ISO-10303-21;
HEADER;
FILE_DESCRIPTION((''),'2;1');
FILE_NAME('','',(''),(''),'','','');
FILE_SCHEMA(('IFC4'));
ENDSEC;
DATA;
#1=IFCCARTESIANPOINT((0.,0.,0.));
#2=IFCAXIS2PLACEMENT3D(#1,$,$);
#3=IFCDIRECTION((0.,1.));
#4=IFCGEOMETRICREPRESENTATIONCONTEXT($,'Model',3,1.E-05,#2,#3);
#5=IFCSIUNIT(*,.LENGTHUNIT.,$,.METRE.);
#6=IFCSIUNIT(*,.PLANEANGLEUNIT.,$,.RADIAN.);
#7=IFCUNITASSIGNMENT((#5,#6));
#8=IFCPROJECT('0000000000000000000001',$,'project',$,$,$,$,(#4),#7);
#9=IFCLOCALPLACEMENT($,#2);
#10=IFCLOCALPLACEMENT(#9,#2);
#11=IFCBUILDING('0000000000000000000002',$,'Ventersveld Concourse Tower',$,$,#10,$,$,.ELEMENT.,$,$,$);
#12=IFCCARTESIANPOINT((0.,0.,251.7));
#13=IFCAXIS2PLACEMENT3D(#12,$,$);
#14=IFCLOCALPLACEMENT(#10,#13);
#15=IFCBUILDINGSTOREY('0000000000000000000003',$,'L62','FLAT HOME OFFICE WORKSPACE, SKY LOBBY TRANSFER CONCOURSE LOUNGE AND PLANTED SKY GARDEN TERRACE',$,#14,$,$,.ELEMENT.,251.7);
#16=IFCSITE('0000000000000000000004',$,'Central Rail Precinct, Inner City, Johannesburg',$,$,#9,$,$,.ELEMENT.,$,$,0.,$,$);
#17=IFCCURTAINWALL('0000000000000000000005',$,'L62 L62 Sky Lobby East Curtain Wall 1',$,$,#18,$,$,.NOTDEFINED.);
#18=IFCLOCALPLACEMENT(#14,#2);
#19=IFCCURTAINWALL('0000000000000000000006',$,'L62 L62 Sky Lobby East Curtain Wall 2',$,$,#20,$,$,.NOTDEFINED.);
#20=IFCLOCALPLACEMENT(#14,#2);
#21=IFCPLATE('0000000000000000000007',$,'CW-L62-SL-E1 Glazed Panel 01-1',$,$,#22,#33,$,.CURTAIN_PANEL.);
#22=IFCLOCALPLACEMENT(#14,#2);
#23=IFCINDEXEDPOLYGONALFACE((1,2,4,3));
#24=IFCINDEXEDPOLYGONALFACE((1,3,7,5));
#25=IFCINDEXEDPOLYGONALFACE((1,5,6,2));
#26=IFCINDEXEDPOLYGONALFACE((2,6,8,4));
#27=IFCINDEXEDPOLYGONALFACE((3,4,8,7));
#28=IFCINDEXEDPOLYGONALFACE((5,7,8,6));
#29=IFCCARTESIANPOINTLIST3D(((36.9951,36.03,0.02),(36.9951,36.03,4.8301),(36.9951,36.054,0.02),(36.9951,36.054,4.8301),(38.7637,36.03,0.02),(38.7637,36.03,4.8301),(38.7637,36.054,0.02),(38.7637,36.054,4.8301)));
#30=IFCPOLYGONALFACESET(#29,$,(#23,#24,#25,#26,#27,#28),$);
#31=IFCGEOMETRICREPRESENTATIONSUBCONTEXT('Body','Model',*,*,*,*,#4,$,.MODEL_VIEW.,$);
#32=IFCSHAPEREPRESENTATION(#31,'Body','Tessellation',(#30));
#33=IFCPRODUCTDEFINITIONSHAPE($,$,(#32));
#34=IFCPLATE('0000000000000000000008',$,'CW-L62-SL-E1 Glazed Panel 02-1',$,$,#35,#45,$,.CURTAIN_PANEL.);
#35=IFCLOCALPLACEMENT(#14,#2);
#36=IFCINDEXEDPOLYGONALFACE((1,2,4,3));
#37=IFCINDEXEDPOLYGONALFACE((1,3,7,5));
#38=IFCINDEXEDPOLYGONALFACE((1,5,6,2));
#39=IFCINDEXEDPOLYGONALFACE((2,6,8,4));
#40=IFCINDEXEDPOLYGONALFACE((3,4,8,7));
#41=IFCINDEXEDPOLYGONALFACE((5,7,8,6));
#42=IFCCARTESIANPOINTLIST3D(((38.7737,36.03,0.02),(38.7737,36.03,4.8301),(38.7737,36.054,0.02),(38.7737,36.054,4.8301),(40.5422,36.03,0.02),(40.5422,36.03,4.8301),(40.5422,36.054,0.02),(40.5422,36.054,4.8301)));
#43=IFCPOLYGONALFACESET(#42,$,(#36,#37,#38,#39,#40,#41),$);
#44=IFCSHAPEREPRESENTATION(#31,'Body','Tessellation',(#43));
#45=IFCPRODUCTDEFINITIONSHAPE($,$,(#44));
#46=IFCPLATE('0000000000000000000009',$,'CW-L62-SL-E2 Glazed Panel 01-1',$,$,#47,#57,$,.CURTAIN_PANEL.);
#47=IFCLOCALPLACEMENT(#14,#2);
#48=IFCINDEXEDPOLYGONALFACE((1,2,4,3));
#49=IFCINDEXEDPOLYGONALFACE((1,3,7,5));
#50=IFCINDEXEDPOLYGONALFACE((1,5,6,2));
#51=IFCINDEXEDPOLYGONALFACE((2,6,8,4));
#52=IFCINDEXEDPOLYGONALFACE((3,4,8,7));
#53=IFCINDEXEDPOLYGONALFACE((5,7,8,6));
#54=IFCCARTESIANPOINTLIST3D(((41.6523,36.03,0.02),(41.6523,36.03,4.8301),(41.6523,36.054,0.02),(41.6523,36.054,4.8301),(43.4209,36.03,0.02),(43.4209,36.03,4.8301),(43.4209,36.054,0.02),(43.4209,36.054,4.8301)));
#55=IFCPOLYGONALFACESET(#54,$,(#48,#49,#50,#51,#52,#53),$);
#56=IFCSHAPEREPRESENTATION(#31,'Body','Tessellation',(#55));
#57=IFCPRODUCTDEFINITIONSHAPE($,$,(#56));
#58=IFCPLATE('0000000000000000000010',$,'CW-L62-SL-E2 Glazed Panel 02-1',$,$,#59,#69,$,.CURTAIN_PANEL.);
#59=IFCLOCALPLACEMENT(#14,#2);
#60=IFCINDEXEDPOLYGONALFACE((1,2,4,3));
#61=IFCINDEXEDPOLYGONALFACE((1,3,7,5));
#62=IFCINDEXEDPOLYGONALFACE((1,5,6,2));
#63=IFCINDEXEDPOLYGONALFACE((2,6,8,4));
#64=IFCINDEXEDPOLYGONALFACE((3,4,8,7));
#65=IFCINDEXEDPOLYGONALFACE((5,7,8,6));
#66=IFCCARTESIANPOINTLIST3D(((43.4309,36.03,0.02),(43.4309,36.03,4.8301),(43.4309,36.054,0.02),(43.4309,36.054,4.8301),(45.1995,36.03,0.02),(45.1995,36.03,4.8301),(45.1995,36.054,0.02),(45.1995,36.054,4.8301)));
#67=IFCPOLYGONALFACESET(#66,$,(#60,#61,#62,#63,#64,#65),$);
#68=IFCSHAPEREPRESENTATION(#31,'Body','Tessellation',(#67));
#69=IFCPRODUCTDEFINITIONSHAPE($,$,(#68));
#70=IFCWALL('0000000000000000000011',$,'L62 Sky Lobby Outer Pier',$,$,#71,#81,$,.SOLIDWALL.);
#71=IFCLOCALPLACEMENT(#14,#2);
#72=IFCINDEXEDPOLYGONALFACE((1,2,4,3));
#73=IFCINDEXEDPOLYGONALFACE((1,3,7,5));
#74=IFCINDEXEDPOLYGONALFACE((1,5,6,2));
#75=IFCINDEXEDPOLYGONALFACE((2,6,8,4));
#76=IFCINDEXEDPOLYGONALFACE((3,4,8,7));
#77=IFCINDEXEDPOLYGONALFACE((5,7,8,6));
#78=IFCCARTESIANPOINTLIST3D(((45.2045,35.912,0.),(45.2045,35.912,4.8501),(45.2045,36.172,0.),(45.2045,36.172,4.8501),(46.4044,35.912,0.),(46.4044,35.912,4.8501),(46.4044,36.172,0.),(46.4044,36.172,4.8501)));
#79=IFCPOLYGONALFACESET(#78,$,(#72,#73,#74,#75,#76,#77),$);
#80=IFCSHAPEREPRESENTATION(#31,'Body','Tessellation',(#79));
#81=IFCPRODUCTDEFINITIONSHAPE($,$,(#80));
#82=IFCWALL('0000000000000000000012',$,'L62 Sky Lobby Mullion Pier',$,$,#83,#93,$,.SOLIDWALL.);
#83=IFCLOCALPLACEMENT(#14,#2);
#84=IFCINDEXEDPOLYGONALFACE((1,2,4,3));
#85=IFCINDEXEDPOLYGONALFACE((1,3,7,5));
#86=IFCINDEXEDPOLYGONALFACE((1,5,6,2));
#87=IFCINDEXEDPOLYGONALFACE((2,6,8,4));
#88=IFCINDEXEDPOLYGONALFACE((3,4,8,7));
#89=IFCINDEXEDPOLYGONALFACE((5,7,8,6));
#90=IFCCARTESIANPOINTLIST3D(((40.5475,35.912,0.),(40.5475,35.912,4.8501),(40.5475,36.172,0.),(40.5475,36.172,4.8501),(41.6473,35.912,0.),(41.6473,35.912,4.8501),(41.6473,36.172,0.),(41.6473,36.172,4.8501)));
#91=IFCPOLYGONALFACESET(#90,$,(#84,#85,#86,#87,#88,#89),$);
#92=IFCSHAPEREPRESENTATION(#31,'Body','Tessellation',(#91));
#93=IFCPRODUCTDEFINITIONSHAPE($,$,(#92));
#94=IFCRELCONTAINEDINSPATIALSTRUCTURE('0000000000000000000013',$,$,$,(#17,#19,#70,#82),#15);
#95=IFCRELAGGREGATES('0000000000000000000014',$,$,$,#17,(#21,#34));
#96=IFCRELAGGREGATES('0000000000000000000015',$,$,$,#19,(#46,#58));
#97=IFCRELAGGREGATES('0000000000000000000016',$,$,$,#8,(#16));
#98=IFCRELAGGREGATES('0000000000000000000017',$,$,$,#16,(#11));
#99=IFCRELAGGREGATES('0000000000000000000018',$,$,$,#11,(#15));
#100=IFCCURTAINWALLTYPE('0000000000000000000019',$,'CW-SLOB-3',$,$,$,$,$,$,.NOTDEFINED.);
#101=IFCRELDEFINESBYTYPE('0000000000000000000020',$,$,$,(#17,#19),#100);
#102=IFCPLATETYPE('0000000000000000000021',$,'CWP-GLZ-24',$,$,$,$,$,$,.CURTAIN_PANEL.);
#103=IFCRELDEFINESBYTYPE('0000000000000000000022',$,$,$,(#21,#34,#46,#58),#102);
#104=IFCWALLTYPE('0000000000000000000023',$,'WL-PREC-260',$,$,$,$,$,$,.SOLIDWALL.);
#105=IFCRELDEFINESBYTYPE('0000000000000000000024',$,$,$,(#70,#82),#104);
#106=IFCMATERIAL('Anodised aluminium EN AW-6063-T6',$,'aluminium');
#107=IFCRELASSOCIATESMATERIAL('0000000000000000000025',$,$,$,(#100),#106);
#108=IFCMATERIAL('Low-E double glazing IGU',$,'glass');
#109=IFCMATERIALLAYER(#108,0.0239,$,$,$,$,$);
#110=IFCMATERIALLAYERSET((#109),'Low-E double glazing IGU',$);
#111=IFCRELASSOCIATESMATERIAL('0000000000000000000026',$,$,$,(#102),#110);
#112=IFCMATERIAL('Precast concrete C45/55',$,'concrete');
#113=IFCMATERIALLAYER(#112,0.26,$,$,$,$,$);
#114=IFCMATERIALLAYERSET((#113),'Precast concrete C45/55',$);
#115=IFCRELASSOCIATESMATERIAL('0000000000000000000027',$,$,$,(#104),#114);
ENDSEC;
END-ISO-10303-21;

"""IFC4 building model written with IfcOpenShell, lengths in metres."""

from ifc_helpers import new_model, si_unit, direction, frame, frame_2d, origin, origin_2d, place, context, subcontext, project, spatial, rectangle, extrude, material, layer, layer_set, type_object, element, aggregate, save


model = new_model("IFC4")

# Units and contexts
model_context = context("Model", 3, precision=1e-05, world=origin(), true_north=direction((0.0, 1.0)))
body_context = subcontext(model_context, "Body", "Model", "MODEL_VIEW")
ifc_project = project(units=[si_unit("LENGTHUNIT", "METRE"), si_unit("PLANEANGLEUNIT", "RADIAN")], contexts=[model_context])

# Site, building, storey
site_placement = place(None, origin())
site = spatial("IfcSite", under=ifc_project, at=site_placement, Name="Central Rail Precinct, Inner City, Johannesburg", CompositionType="ELEMENT", RefElevation=0.0)
building_placement = place(site_placement, origin())
building = spatial("IfcBuilding", under=site, at=building_placement, Name="Ventersveld Concourse Tower", CompositionType="ELEMENT")
storey_placement = place(building_placement, frame((0.0, 0.0, 251.7)))
storey = spatial("IfcBuildingStorey", under=building, at=storey_placement, Name="L62", Description="FLAT HOME OFFICE WORKSPACE, SKY LOBBY TRANSFER CONCOURSE LOUNGE AND PLANTED SKY GARDEN TERRACE", CompositionType="ELEMENT", Elevation=251.7)

# Curtain walls
ifc_material_1 = material(Name="Anodised aluminium EN AW-6063-T6", Category="aluminium")
curtain_wall_type = type_object("IfcCurtainWallType", Name="CW-SLOB-3", PredefinedType="NOTDEFINED", material=ifc_material_1)
curtain_wall_1_placement = place(storey_placement, origin())
curtain_wall_1 = element("IfcCurtainWall", 1, at=curtain_wall_1_placement, inside=storey, type_object=curtain_wall_type, Name="L62 L62 Sky Lobby East Curtain Wall 1", PredefinedType="NOTDEFINED")
curtain_wall_2_placement = place(storey_placement, origin())
curtain_wall_2 = element("IfcCurtainWall", 2, at=curtain_wall_2_placement, inside=storey, type_object=curtain_wall_type, Name="L62 L62 Sky Lobby East Curtain Wall 2", PredefinedType="NOTDEFINED")

# Plates
ifc_material_2 = material(Name="Low-E double glazing IGU", Category="glass")
ifc_layer_1 = layer(ifc_material_2, 0.0239)
ifc_layer_set_1 = layer_set([ifc_layer_1], Name="Low-E double glazing IGU")
plate_type = type_object("IfcPlateType", Name="CWP-GLZ-24", PredefinedType="CURTAIN_PANEL", material=ifc_layer_set_1)
plate_1_placement = place(storey_placement, frame((37.8794, 36.042, 0.02), z_axis=(0.0, 0.0, 1.0), x_axis=(1.0, 0.0, 0.0)))
plate_1 = element("IfcPlate", 3, at=plate_1_placement, type_object=plate_type, Name="CW-L62-SL-E1 Glazed Panel 01-1", PredefinedType="CURTAIN_PANEL", context=body_context, shape_type="SweptSolid", body=[
    extrude(rectangle(XDim=1.7686, YDim=0.0239, at=origin_2d()), origin(), (0.0, 0.0, 1.0), 4.8101),
])
plate_2_placement = place(storey_placement, frame((39.658, 36.042, 0.02), z_axis=(0.0, 0.0, 1.0), x_axis=(1.0, 0.0, 0.0)))
plate_2 = element("IfcPlate", 4, at=plate_2_placement, type_object=plate_type, Name="CW-L62-SL-E1 Glazed Panel 02-1", PredefinedType="CURTAIN_PANEL", context=body_context, shape_type="SweptSolid", body=[
    extrude(rectangle(XDim=1.7686, YDim=0.0239, at=origin_2d()), origin(), (0.0, 0.0, 1.0), 4.8101),
])
aggregate(curtain_wall_1, [plate_1, plate_2])
plate_3_placement = place(storey_placement, frame((42.5366, 36.042, 0.02), z_axis=(0.0, 0.0, 1.0), x_axis=(1.0, 0.0, 0.0)))
plate_3 = element("IfcPlate", 5, at=plate_3_placement, type_object=plate_type, Name="CW-L62-SL-E2 Glazed Panel 01-1", PredefinedType="CURTAIN_PANEL", context=body_context, shape_type="SweptSolid", body=[
    extrude(rectangle(XDim=1.7686, YDim=0.0239, at=origin_2d()), origin(), (0.0, 0.0, 1.0), 4.8101),
])
plate_4_placement = place(storey_placement, frame((44.3152, 36.042, 0.02), z_axis=(0.0, 0.0, 1.0), x_axis=(1.0, 0.0, 0.0)))
plate_4 = element("IfcPlate", 6, at=plate_4_placement, type_object=plate_type, Name="CW-L62-SL-E2 Glazed Panel 02-1", PredefinedType="CURTAIN_PANEL", context=body_context, shape_type="SweptSolid", body=[
    extrude(rectangle(XDim=1.7686, YDim=0.0239, at=origin_2d()), origin(), (0.0, 0.0, 1.0), 4.8101),
])
aggregate(curtain_wall_2, [plate_3, plate_4])

# Walls
ifc_material_3 = material(Name="Precast concrete C45/55", Category="concrete")
ifc_layer_2 = layer(ifc_material_3, 0.26)
ifc_layer_set_2 = layer_set([ifc_layer_2], Name="Precast concrete C45/55")
wall_type = type_object("IfcWallType", Name="WL-PREC-260", PredefinedType="SOLIDWALL", material=ifc_layer_set_2)
wall_1_placement = place(storey_placement, frame((46.4045, 36.042, 0.0), z_axis=(0.0, 0.0, 1.0), x_axis=(-1.0, 0.0, 0.0)))
element("IfcWall", 7, at=wall_1_placement, inside=storey, type_object=wall_type, Name="L62 Sky Lobby Outer Pier", PredefinedType="SOLIDWALL", context=body_context, shape_type="SweptSolid", body=[
    extrude(rectangle(XDim=1.2, YDim=0.26, at=frame_2d((0.6001, 0.0))), origin(), (0.0, 0.0, 1.0), 4.8501),
])
wall_2_placement = place(storey_placement, frame((41.6472, 36.042, 0.0), z_axis=(0.0, 0.0, 1.0), x_axis=(-1.0, 0.0, 0.0)))
element("IfcWall", 8, at=wall_2_placement, inside=storey, type_object=wall_type, Name="L62 Sky Lobby Mullion Pier", PredefinedType="SOLIDWALL", context=body_context, shape_type="SweptSolid", body=[
    extrude(rectangle(XDim=1.0999, YDim=0.26, at=frame_2d((0.5498, 0.0))), origin(), (0.0, 0.0, 1.0), 4.8501),
])

save(model, "model.ifc")
